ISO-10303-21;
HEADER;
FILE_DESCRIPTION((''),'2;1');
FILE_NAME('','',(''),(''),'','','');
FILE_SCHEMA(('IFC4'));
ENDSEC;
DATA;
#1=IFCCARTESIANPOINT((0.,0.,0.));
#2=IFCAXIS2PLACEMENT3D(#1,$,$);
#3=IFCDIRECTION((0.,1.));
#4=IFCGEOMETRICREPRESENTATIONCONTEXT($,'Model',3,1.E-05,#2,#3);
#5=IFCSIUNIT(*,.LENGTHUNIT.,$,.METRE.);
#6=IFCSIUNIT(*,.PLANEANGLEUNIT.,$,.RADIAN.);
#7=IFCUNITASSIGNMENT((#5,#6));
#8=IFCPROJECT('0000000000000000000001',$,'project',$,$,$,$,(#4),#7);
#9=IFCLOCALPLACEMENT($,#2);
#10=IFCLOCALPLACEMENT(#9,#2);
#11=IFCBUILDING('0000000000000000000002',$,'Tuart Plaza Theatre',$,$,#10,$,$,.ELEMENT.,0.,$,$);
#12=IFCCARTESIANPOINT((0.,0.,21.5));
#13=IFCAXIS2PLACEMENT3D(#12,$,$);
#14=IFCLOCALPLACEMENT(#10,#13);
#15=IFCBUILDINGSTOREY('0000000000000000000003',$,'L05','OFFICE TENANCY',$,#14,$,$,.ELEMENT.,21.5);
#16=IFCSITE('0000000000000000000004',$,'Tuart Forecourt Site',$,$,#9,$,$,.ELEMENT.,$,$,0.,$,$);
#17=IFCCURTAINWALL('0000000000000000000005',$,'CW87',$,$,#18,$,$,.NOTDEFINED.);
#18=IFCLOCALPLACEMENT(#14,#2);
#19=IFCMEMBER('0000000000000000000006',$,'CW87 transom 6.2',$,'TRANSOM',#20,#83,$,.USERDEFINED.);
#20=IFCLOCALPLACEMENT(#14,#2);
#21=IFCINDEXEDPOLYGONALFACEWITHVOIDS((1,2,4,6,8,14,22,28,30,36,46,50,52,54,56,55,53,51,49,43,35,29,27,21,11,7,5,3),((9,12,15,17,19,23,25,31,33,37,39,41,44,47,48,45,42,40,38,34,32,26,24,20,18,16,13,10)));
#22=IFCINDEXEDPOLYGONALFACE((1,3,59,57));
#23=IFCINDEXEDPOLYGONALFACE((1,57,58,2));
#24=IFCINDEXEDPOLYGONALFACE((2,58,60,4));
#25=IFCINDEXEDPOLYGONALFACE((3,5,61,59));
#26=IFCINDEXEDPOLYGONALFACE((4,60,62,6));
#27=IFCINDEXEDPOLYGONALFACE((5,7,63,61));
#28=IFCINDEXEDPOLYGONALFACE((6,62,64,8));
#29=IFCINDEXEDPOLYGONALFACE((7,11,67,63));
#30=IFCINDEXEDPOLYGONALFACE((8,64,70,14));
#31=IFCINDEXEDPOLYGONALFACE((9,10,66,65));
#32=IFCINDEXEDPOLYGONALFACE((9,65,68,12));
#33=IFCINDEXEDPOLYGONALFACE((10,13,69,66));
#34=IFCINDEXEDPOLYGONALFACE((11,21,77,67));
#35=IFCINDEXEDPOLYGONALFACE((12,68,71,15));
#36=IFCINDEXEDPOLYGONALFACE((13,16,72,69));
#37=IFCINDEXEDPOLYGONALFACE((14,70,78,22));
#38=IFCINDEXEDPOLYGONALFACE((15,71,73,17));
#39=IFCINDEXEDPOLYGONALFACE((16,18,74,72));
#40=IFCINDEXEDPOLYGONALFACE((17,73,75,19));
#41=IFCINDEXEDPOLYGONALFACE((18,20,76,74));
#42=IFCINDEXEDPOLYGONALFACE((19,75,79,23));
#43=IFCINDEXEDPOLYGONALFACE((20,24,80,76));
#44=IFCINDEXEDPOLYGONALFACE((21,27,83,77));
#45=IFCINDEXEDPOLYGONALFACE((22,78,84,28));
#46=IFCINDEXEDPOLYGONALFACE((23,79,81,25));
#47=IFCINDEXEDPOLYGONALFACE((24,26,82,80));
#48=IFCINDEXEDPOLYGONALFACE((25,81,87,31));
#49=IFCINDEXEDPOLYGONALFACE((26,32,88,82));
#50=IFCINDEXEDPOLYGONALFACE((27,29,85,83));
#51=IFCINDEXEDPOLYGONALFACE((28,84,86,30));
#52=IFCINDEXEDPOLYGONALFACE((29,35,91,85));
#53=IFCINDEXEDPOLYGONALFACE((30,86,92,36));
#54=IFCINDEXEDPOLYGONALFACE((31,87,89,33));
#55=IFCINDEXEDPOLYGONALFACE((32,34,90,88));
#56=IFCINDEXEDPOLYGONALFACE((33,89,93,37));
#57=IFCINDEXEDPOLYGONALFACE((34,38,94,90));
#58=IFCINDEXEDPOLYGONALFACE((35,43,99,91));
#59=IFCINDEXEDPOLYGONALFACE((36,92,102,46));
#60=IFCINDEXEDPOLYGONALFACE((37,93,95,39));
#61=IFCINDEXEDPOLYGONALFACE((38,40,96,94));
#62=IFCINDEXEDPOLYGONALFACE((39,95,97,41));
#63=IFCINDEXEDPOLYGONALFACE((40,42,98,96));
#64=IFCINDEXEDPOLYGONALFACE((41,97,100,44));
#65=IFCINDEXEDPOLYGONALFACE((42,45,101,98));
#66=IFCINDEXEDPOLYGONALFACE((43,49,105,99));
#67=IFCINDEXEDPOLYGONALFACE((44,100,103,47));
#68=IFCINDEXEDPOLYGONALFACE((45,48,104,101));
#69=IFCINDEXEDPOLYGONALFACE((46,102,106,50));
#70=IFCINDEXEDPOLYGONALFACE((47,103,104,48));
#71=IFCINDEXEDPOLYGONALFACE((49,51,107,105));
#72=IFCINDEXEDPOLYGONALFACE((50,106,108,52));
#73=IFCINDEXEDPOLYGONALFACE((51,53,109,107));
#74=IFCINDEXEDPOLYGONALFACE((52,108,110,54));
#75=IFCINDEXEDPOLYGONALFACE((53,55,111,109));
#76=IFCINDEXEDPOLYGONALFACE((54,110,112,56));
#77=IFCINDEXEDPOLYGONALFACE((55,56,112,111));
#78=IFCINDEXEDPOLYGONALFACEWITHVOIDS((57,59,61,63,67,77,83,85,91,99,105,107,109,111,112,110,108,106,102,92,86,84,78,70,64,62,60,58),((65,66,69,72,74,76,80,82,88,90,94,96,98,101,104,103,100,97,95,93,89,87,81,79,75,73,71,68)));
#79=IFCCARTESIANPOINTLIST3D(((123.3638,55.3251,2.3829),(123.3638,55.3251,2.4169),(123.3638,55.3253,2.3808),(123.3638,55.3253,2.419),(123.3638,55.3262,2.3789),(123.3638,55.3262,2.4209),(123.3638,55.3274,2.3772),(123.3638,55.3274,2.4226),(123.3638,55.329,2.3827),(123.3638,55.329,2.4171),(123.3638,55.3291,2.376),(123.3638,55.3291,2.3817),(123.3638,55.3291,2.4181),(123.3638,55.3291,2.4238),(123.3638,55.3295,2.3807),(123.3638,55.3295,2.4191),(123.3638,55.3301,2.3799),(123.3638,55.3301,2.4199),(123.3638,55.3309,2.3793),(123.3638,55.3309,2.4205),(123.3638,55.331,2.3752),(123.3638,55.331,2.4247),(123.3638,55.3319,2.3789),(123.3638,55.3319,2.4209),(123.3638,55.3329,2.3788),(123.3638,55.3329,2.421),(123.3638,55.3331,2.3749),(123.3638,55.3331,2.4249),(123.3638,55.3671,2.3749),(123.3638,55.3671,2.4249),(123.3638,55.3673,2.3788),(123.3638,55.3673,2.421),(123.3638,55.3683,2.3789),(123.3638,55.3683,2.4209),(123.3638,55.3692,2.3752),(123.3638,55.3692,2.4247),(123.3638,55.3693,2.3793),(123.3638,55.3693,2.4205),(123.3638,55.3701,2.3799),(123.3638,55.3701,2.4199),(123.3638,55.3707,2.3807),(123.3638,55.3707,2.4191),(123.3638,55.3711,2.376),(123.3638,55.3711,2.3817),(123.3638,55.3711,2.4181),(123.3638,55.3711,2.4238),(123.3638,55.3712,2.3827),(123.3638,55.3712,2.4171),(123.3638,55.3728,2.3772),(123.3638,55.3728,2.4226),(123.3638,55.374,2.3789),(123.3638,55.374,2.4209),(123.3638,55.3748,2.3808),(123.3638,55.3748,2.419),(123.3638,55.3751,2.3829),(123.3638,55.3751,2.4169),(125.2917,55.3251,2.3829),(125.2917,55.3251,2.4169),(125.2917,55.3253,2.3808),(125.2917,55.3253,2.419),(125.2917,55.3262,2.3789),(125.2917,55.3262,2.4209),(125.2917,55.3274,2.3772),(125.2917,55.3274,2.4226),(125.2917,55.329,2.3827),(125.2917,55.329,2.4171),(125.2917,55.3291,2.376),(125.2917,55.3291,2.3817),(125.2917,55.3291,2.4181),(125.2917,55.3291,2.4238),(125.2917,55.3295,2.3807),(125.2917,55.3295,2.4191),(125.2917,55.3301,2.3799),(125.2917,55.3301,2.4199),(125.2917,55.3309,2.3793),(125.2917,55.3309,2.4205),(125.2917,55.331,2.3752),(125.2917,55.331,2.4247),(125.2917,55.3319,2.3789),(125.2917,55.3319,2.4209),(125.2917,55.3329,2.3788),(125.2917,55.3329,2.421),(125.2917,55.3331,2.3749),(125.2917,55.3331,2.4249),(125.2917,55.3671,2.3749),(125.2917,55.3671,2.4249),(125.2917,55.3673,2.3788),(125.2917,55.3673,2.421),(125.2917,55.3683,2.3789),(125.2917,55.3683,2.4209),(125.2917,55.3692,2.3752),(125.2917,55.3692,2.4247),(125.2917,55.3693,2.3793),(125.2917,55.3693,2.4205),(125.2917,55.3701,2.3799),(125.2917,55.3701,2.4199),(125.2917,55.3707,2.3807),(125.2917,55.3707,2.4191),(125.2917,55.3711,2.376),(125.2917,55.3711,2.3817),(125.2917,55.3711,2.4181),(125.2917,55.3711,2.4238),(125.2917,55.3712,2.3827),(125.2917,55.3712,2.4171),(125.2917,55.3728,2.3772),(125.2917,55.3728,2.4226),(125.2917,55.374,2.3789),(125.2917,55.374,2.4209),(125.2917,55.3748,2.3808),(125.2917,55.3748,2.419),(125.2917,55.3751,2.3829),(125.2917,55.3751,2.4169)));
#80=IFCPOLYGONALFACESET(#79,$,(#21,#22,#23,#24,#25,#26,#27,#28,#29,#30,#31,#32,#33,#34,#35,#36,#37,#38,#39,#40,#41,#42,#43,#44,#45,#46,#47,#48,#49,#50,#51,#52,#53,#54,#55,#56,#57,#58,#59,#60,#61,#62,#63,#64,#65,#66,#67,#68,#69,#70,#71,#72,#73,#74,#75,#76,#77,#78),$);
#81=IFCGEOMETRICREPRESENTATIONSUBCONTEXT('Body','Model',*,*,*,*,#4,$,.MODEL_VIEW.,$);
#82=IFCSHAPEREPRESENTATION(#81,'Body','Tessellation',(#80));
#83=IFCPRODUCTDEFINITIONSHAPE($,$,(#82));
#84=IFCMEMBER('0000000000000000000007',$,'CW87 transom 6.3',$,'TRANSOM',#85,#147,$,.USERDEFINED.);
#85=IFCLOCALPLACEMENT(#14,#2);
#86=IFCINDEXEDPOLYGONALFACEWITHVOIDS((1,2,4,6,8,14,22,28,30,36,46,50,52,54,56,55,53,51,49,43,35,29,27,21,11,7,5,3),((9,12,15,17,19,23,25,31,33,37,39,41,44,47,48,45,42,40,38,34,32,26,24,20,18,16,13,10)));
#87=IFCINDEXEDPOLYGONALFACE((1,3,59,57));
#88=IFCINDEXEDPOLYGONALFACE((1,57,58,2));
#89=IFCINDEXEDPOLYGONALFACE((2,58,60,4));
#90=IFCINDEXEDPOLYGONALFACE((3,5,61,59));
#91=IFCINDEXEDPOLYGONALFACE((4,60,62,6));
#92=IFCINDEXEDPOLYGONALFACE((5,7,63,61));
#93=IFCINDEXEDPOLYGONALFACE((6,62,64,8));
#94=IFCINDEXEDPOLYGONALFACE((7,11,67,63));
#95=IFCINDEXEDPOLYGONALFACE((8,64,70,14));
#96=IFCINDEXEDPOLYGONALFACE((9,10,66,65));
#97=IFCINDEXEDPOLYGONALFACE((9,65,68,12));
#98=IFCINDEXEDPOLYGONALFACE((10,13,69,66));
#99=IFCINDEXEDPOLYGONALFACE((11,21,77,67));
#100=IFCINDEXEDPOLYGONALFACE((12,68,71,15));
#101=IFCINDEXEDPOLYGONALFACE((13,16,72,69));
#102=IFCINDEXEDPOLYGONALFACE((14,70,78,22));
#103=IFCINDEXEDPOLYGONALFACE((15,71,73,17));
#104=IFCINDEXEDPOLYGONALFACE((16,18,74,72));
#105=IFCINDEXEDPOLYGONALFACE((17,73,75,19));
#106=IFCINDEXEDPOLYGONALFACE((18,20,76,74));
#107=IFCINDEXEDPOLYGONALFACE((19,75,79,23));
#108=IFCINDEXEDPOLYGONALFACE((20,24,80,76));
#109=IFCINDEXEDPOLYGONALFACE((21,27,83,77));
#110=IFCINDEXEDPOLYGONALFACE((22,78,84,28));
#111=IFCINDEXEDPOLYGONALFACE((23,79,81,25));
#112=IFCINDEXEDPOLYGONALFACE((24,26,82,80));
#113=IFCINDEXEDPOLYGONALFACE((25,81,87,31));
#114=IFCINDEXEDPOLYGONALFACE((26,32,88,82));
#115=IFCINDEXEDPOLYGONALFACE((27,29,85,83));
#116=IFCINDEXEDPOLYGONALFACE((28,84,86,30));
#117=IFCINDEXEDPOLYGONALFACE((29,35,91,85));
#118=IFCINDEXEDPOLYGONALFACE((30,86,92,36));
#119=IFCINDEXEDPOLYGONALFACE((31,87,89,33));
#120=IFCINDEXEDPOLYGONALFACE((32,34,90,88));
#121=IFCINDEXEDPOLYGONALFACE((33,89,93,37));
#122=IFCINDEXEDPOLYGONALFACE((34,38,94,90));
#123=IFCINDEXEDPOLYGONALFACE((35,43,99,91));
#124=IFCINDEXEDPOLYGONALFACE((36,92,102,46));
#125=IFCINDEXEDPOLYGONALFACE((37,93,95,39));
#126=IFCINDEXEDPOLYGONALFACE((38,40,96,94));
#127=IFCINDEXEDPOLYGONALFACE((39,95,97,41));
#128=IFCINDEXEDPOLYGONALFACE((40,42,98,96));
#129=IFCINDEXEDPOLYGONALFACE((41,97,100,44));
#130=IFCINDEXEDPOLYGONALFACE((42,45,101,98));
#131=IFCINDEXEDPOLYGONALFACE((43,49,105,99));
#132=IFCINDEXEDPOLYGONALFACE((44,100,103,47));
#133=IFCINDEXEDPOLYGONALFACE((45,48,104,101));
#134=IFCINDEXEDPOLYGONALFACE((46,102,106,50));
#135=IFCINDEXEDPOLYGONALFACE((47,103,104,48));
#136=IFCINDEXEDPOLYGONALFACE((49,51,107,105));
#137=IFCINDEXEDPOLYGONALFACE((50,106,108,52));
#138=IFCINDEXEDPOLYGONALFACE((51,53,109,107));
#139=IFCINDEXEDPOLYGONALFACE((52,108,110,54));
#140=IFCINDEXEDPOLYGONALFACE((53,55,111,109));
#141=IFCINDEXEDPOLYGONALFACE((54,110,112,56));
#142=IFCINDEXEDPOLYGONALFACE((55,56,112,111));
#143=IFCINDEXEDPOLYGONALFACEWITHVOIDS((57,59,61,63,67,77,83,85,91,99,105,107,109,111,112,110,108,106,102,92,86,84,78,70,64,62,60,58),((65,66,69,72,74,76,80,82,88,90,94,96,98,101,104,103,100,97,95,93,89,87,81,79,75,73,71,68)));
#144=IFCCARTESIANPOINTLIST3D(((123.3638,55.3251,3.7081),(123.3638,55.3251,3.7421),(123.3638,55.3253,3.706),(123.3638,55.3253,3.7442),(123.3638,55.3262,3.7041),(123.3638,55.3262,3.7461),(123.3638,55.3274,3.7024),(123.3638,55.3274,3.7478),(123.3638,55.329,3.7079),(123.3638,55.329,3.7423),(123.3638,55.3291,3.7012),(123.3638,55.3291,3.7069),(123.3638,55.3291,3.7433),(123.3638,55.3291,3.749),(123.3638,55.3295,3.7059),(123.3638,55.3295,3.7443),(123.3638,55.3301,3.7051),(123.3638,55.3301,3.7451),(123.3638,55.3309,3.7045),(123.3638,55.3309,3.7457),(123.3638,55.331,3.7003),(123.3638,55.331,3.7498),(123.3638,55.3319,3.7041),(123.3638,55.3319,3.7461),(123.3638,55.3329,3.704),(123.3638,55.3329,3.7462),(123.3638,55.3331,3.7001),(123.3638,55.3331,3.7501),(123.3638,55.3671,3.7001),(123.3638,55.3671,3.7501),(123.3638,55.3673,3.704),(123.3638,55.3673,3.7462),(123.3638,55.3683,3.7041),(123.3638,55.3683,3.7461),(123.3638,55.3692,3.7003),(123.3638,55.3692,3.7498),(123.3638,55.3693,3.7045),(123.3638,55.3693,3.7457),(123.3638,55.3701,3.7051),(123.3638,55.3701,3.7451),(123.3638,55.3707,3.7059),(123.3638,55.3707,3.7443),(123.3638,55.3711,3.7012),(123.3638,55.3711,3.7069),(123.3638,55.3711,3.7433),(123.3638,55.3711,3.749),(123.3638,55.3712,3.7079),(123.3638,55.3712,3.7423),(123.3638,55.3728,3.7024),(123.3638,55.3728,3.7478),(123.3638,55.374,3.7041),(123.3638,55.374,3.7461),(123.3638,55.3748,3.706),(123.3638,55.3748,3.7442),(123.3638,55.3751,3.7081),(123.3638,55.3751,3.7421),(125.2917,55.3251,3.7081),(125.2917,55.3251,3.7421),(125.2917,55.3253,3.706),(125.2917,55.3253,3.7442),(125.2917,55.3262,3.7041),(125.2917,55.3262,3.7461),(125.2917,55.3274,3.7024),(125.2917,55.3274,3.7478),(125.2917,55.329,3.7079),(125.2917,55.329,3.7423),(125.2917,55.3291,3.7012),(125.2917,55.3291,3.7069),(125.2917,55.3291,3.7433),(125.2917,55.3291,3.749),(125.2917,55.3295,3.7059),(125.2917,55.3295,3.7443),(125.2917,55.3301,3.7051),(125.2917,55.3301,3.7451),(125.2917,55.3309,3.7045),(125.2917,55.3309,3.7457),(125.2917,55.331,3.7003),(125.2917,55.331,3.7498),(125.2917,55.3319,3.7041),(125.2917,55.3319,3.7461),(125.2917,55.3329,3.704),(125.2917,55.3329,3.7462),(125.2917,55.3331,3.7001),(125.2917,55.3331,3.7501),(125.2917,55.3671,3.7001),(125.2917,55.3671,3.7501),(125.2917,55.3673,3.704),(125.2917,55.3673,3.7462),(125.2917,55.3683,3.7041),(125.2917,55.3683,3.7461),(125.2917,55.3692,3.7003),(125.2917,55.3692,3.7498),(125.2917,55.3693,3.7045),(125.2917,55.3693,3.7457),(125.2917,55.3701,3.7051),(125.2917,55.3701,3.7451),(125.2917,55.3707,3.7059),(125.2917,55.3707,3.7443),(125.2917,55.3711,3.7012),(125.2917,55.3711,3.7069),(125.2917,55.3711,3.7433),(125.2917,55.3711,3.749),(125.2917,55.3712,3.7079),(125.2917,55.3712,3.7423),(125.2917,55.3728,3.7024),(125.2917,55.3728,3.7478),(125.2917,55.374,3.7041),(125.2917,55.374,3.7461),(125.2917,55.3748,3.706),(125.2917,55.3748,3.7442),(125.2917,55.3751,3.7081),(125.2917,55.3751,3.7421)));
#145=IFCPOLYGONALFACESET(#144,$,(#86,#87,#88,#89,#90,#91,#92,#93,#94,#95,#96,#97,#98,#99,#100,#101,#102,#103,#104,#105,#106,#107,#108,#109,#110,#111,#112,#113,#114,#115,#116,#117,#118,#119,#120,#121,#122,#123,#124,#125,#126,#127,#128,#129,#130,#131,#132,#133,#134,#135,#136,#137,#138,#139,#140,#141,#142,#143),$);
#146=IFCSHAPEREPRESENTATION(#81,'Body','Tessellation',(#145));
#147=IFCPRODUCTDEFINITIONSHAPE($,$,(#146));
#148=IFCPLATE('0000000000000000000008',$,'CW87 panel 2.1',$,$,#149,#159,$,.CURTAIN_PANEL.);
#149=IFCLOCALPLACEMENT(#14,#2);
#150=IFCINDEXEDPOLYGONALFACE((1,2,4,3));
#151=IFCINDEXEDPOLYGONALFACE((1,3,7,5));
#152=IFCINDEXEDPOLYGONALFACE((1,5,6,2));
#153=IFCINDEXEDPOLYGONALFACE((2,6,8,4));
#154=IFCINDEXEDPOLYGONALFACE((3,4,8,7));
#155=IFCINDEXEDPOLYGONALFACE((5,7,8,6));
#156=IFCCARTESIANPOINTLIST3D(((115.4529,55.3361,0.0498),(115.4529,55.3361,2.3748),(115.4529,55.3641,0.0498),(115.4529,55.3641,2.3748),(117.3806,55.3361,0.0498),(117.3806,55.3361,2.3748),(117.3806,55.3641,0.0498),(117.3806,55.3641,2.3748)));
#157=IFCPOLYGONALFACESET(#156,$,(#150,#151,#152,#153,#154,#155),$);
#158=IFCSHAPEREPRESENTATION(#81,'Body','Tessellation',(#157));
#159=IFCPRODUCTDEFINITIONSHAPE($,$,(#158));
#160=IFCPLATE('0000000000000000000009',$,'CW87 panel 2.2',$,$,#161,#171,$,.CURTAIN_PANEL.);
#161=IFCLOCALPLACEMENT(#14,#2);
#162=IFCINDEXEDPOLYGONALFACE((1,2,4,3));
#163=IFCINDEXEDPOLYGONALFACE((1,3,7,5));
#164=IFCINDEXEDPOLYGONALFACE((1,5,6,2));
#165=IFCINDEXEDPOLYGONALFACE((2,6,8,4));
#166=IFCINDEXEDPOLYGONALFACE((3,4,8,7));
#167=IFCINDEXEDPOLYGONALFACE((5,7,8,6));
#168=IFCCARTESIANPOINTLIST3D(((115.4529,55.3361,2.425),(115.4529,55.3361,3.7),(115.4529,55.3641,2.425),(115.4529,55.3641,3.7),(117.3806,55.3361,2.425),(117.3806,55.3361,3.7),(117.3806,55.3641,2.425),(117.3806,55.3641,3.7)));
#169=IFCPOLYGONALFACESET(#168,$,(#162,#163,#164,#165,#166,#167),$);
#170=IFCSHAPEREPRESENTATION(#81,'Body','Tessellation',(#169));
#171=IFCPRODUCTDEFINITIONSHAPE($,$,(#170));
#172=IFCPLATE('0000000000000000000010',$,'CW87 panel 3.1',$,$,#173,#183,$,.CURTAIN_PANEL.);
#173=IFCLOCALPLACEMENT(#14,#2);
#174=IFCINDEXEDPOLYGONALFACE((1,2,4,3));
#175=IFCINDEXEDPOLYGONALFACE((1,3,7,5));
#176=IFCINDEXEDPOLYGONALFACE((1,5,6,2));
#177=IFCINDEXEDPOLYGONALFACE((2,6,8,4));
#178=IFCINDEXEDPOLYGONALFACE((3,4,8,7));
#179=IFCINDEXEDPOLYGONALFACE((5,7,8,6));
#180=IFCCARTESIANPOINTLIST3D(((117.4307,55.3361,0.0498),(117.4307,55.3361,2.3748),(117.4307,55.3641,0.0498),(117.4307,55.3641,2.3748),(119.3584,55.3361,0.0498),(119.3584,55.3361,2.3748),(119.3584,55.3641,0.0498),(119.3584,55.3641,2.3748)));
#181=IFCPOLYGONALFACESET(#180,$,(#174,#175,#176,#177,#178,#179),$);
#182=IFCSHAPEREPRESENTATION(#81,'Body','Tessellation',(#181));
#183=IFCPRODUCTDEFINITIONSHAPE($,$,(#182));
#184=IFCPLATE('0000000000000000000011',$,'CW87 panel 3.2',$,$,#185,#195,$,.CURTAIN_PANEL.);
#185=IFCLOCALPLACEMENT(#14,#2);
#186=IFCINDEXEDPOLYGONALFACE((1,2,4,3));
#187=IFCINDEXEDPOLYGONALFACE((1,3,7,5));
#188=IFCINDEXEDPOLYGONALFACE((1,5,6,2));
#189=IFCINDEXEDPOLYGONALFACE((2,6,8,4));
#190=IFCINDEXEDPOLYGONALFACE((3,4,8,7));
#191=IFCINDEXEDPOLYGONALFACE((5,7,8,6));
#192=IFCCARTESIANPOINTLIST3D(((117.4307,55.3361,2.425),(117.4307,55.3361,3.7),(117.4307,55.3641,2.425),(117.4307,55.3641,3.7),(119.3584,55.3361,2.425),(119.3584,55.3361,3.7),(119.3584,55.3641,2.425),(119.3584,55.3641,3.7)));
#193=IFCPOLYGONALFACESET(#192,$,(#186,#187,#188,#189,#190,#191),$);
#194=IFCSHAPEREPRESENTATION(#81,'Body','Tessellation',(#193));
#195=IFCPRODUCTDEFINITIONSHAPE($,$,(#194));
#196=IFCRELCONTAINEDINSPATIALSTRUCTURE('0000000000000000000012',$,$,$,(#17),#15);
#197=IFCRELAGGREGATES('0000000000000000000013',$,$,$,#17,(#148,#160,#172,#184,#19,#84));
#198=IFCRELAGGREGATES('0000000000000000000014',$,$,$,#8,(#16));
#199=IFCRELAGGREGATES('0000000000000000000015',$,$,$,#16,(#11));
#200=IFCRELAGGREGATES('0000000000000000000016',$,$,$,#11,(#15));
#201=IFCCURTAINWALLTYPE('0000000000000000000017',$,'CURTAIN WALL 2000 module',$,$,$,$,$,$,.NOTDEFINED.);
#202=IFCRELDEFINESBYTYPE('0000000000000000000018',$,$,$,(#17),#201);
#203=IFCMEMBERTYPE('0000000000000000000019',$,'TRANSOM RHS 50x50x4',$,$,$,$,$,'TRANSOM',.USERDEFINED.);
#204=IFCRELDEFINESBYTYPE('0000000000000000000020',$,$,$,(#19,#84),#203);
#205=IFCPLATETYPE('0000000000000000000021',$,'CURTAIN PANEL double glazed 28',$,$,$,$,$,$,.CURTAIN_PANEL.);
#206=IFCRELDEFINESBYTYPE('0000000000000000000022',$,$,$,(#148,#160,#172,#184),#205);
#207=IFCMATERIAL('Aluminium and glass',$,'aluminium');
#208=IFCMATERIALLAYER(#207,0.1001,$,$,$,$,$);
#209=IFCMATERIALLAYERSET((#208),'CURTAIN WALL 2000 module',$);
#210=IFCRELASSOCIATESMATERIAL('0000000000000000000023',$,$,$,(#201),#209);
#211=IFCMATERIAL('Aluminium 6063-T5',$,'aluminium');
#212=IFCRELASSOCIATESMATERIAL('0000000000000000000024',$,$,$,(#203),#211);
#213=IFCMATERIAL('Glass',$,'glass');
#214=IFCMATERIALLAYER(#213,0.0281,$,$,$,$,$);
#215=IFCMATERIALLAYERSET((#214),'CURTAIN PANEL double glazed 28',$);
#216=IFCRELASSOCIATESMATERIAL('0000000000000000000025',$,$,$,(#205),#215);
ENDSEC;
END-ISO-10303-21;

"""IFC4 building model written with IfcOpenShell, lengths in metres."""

from ifc_helpers import new_model, si_unit, direction, frame, origin, origin_2d, place, context, subcontext, project, spatial, rectangle, hollow_rectangle, extrude, material, layer, layer_set, material_profile, profile_set, type_object, element, aggregate, save


model = new_model("IFC4")

# Units and contexts
model_context = context("Model", 3, precision=1e-05, world=origin(), true_north=direction((0.0, 1.0)))
body_context = subcontext(model_context, "Body", "Model", "MODEL_VIEW")
ifc_project = project(units=[si_unit("LENGTHUNIT", "METRE"), si_unit("PLANEANGLEUNIT", "RADIAN")], contexts=[model_context])

# Site, building, storey
site_placement = place(None, origin())
site = spatial("IfcSite", under=ifc_project, at=site_placement, Name="Tuart Forecourt Site", CompositionType="ELEMENT", RefElevation=0.0)
building_placement = place(site_placement, origin())
building = spatial("IfcBuilding", under=site, at=building_placement, Name="Tuart Plaza Theatre", CompositionType="ELEMENT", ElevationOfRefHeight=0.0)
storey_placement = place(building_placement, frame((0.0, 0.0, 21.5)))
storey = spatial("IfcBuildingStorey", under=building, at=storey_placement, Name="L05", Description="OFFICE TENANCY", CompositionType="ELEMENT", Elevation=21.5)

# Curtain wall, members, plates
ifc_material_1 = material(Name="Aluminium and glass", Category="aluminium")
ifc_layer_1 = layer(ifc_material_1, 0.1001)
ifc_layer_set_1 = layer_set([ifc_layer_1], Name="CURTAIN WALL 2000 module")
curtain_wall_type = type_object("IfcCurtainWallType", Name="CURTAIN WALL 2000 module", PredefinedType="NOTDEFINED", material=ifc_layer_set_1)
curtain_wall_placement = place(storey_placement, origin())
curtain_wall = element("IfcCurtainWall", 1, at=curtain_wall_placement, inside=storey, type_object=curtain_wall_type, Name="CW87", PredefinedType="NOTDEFINED")
ifc_material_2 = material(Name="Aluminium 6063-T5", Category="aluminium")
ifc_material_profile_1 = material_profile(ifc_material_2, hollow_rectangle(XDim=0.05, YDim=0.05, WallThickness=0.0039, InnerFilletRadius=0.0039, OuterFilletRadius=0.0081, at=origin_2d()), Name="RHS 50x50x4")
ifc_profile_set_1 = profile_set([ifc_material_profile_1], Name="Aluminium 6063-T5")
member_type_1 = type_object("IfcMemberType", Name="TRANSOM RHS 50x50x4", ElementType="TRANSOM", PredefinedType="USERDEFINED", material=ifc_profile_set_1)
member_1_placement = place(storey_placement, frame((123.3638, 55.3501, 2.3999), z_axis=(1.0, 0.0, 0.0), x_axis=(0.0, 1.0, 0.0)))
member_1 = element("IfcMember", 2, at=member_1_placement, type_object=member_type_1, Name="CW87 transom 6.2", ObjectType="TRANSOM", PredefinedType="USERDEFINED", context=body_context, shape_type="SweptSolid", body=[
    extrude(hollow_rectangle(XDim=0.05, YDim=0.05, WallThickness=0.0039, InnerFilletRadius=0.0039, OuterFilletRadius=0.0081, at=origin_2d()), origin(), (0.0, 0.0, 1.0), 1.928),
])
member_2_placement = place(storey_placement, frame((123.3638, 55.3501, 3.7251), z_axis=(1.0, 0.0, 0.0), x_axis=(0.0, 1.0, 0.0)))
member_2 = element("IfcMember", 3, at=member_2_placement, type_object=member_type_1, Name="CW87 transom 6.3", ObjectType="TRANSOM", PredefinedType="USERDEFINED", context=body_context, shape_type="SweptSolid", body=[
    extrude(hollow_rectangle(XDim=0.05, YDim=0.05, WallThickness=0.0039, InnerFilletRadius=0.0039, OuterFilletRadius=0.0081, at=origin_2d()), origin(), (0.0, 0.0, 1.0), 1.928),
])
ifc_material_3 = material(Name="Glass", Category="glass")
ifc_layer_2 = layer(ifc_material_3, 0.0281)
ifc_layer_set_2 = layer_set([ifc_layer_2], Name="CURTAIN PANEL double glazed 28")
plate_type = type_object("IfcPlateType", Name="CURTAIN PANEL double glazed 28", PredefinedType="CURTAIN_PANEL", material=ifc_layer_set_2)
plate_1_placement = place(storey_placement, frame((116.4167, 55.3501, 0.0498), z_axis=(0.0, 0.0, 1.0), x_axis=(1.0, 0.0, 0.0)))
plate_1 = element("IfcPlate", 4, at=plate_1_placement, type_object=plate_type, Name="CW87 panel 2.1", PredefinedType="CURTAIN_PANEL", context=body_context, shape_type="SweptSolid", body=[
    extrude(rectangle(XDim=1.9277, YDim=0.0281, at=origin_2d()), origin(), (0.0, 0.0, 1.0), 2.325),
])
plate_2_placement = place(storey_placement, frame((116.4167, 55.3501, 2.425), z_axis=(0.0, 0.0, 1.0), x_axis=(1.0, 0.0, 0.0)))
plate_2 = element("IfcPlate", 5, at=plate_2_placement, type_object=plate_type, Name="CW87 panel 2.2", PredefinedType="CURTAIN_PANEL", context=body_context, shape_type="SweptSolid", body=[
    extrude(rectangle(XDim=1.9277, YDim=0.0281, at=origin_2d()), origin(), (0.0, 0.0, 1.0), 1.2749),
])
plate_3_placement = place(storey_placement, frame((118.3945, 55.3501, 0.0498), z_axis=(0.0, 0.0, 1.0), x_axis=(1.0, 0.0, 0.0)))
plate_3 = element("IfcPlate", 6, at=plate_3_placement, type_object=plate_type, Name="CW87 panel 3.1", PredefinedType="CURTAIN_PANEL", context=body_context, shape_type="SweptSolid", body=[
    extrude(rectangle(XDim=1.9277, YDim=0.0281, at=origin_2d()), origin(), (0.0, 0.0, 1.0), 2.325),
])
plate_4_placement = place(storey_placement, frame((118.3945, 55.3501, 2.425), z_axis=(0.0, 0.0, 1.0), x_axis=(1.0, 0.0, 0.0)))
plate_4 = element("IfcPlate", 7, at=plate_4_placement, type_object=plate_type, Name="CW87 panel 3.2", PredefinedType="CURTAIN_PANEL", context=body_context, shape_type="SweptSolid", body=[
    extrude(rectangle(XDim=1.9277, YDim=0.0281, at=origin_2d()), origin(), (0.0, 0.0, 1.0), 1.2749),
])
aggregate(curtain_wall, [plate_1, plate_2, plate_3, plate_4, member_1, member_2])

save(model, "model.ifc")
